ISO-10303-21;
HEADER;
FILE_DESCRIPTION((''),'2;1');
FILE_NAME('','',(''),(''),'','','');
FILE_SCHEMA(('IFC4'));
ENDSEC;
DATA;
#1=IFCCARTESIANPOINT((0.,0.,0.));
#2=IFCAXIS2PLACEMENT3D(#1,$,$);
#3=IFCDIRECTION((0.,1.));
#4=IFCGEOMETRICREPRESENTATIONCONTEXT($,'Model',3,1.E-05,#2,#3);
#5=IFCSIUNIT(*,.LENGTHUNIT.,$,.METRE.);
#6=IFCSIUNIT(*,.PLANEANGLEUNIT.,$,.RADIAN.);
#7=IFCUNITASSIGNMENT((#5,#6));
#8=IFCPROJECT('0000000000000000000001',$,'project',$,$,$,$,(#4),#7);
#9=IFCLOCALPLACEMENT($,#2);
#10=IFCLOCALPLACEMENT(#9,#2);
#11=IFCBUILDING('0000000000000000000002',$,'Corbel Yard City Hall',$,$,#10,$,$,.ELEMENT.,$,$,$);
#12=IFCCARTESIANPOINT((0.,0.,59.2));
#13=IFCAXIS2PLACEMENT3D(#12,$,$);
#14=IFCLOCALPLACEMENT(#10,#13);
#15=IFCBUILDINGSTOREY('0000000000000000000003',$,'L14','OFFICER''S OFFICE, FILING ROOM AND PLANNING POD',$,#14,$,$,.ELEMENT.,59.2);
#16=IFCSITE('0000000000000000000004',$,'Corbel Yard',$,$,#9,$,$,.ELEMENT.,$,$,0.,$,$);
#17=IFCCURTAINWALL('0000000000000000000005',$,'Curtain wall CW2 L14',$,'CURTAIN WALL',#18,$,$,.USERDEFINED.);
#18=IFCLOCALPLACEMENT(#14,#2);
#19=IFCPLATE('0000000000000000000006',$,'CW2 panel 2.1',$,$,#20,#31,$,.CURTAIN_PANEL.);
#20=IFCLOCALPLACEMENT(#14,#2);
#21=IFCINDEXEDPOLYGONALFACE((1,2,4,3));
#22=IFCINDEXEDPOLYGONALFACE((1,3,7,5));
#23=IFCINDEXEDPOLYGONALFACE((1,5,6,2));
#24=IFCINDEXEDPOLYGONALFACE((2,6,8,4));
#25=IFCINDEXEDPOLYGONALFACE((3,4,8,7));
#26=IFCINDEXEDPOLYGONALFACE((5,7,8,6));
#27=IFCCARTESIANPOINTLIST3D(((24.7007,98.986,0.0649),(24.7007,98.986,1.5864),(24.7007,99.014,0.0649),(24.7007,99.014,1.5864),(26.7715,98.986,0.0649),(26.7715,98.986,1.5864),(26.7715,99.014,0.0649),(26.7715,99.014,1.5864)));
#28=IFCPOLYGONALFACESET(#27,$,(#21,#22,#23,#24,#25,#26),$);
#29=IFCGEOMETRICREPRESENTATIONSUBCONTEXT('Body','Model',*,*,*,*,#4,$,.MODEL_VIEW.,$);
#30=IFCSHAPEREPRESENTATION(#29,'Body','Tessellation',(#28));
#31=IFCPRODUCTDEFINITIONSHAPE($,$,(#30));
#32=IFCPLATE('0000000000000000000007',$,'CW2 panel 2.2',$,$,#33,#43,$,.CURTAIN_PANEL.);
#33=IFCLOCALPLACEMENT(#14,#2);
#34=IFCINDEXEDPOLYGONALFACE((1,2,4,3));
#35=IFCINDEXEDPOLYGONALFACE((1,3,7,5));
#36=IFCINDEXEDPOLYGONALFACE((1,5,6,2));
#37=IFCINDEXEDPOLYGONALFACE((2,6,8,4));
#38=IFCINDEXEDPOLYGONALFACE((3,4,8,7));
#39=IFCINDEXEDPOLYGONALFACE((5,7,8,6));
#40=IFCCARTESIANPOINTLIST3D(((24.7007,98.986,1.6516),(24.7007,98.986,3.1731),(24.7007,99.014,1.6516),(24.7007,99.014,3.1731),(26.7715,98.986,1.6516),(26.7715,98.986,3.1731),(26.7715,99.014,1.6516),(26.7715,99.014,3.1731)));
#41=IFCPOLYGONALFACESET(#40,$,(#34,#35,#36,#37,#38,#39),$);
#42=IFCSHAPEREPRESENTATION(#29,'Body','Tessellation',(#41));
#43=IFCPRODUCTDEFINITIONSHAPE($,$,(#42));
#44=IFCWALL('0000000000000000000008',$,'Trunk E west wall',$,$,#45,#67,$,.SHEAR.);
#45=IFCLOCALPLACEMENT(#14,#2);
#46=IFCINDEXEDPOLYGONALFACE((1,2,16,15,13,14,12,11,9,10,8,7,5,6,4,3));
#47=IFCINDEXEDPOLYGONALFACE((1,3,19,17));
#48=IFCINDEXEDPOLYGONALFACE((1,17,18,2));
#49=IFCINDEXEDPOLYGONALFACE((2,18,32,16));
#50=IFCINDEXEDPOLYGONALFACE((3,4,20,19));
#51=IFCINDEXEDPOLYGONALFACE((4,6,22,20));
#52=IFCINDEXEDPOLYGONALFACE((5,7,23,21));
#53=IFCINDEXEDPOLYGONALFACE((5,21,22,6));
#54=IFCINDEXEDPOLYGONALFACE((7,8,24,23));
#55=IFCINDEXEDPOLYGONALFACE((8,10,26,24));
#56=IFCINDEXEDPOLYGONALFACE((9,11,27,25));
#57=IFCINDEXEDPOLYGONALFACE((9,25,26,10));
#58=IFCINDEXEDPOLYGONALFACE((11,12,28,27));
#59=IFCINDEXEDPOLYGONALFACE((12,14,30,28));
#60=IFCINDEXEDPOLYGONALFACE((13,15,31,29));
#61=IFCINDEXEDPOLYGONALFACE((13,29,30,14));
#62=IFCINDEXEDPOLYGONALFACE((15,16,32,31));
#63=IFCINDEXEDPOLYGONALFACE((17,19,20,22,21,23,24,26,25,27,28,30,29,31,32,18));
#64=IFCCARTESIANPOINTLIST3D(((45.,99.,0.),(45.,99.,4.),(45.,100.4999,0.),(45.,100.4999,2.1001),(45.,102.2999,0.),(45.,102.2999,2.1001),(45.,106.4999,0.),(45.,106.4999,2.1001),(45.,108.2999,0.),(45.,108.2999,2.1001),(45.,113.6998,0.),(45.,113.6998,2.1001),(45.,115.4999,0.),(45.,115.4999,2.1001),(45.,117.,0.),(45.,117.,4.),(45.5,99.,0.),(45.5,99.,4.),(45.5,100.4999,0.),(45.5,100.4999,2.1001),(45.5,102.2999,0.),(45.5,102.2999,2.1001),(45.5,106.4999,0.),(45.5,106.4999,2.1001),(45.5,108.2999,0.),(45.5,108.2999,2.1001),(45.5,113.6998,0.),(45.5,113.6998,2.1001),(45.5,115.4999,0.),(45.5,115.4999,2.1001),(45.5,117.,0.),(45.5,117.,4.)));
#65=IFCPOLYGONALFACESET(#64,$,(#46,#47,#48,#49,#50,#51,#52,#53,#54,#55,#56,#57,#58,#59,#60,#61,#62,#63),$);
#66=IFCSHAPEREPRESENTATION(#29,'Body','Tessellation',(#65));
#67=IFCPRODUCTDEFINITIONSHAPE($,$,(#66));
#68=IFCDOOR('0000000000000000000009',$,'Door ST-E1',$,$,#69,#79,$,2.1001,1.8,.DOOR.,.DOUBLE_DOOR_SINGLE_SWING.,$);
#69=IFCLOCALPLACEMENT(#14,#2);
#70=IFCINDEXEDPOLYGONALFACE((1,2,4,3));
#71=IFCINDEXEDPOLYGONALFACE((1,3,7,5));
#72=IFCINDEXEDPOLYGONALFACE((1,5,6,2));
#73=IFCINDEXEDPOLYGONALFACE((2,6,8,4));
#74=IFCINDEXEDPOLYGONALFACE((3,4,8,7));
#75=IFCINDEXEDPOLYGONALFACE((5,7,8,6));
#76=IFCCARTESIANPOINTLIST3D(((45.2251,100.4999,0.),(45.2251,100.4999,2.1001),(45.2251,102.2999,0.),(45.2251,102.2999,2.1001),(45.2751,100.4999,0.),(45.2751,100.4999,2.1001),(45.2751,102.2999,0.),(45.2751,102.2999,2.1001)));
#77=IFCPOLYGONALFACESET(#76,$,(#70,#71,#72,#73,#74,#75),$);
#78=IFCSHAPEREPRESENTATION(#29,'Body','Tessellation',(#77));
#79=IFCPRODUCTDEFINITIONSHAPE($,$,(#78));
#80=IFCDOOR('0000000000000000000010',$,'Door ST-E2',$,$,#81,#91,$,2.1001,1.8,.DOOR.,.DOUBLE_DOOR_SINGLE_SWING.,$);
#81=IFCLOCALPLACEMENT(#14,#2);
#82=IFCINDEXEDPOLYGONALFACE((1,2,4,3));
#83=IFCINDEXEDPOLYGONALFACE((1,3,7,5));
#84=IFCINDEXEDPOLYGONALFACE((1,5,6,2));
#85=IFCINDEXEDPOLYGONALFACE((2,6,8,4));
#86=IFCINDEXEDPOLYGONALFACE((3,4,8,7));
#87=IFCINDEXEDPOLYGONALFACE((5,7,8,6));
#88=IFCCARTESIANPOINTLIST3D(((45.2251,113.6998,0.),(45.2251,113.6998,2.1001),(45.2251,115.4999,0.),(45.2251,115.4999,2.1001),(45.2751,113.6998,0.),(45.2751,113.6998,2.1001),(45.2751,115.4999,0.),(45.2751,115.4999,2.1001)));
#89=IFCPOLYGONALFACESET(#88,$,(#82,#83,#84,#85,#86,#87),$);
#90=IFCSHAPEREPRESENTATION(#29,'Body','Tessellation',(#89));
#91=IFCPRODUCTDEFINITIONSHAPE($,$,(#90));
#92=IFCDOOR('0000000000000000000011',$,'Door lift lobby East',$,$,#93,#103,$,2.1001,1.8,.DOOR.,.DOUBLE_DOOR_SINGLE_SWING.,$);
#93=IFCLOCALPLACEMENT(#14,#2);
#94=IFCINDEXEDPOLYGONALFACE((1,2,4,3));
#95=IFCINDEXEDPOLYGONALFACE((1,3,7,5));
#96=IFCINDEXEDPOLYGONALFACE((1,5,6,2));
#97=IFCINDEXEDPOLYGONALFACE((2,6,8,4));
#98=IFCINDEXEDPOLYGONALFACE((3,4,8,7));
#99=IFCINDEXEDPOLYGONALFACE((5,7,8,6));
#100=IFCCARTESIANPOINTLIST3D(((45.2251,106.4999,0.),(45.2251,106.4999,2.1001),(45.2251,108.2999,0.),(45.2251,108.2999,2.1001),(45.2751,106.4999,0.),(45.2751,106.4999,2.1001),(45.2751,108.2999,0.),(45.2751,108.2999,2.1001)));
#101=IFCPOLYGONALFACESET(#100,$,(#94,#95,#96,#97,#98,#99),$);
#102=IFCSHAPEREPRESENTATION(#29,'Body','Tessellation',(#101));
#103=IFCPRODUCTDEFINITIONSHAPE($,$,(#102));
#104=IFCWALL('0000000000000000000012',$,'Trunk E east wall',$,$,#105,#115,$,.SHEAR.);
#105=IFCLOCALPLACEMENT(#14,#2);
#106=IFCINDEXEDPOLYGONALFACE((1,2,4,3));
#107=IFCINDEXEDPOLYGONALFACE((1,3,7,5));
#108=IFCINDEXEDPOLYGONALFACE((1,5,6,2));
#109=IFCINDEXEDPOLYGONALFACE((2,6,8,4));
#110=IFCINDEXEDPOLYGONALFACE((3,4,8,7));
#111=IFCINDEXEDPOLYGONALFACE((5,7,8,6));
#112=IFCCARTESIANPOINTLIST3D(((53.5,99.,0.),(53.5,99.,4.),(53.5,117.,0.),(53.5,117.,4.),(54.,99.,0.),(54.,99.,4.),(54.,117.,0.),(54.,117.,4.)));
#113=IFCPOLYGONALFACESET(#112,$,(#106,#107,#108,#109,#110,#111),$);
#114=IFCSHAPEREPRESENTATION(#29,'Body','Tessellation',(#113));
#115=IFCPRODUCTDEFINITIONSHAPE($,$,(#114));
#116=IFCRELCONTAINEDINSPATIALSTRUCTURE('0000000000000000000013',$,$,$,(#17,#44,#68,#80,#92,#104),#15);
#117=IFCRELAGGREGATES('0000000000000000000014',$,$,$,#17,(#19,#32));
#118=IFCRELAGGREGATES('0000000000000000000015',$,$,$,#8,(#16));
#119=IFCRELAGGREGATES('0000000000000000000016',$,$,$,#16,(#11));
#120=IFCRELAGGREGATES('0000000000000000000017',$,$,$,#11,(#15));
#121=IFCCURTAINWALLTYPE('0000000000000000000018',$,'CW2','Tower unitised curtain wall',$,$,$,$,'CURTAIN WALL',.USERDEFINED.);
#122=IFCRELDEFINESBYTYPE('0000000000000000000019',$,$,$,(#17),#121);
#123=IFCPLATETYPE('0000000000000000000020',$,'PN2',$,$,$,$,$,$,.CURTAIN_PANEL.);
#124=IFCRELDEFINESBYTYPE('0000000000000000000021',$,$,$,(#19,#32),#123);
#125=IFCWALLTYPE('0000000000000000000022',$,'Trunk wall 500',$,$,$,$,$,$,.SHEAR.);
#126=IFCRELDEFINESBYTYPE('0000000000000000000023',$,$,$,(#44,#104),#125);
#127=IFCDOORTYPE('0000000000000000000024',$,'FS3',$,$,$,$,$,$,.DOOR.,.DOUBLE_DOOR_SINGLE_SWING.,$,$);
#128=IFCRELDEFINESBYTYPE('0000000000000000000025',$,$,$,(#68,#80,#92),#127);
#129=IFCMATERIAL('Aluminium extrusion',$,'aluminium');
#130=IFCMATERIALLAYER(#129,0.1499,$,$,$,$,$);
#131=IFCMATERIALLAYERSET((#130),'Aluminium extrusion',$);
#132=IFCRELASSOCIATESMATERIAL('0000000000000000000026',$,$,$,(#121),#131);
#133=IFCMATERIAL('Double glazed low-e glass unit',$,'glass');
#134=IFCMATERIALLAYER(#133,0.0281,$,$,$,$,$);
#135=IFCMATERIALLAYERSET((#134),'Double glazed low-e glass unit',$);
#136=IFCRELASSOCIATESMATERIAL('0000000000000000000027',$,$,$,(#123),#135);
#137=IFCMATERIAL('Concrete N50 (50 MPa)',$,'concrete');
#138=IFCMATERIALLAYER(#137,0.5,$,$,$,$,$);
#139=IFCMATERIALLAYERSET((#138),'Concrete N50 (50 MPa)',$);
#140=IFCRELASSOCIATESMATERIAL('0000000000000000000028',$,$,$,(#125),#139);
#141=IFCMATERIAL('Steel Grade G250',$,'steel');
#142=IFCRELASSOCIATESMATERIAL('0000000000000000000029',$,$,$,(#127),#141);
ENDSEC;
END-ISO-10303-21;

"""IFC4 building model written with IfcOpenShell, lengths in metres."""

from ifc_helpers import new_model, si_unit, direction, frame, frame_2d, origin, origin_2d, place, context, subcontext, project, spatial, rectangle, extrude, material, layer, layer_set, type_object, element, fill, aggregate, save


model = new_model("IFC4")

# Units and contexts
model_context = context("Model", 3, precision=1e-05, world=origin(), true_north=direction((0.0, 1.0)))
body_context = subcontext(model_context, "Body", "Model", "MODEL_VIEW")
ifc_project = project(units=[si_unit("LENGTHUNIT", "METRE"), si_unit("PLANEANGLEUNIT", "RADIAN")], contexts=[model_context])

# Site, building, storey
site_placement = place(None, origin())
site = spatial("IfcSite", under=ifc_project, at=site_placement, Name="Corbel Yard", CompositionType="ELEMENT", RefElevation=0.0)
building_placement = place(site_placement, origin())
building = spatial("IfcBuilding", under=site, at=building_placement, Name="Corbel Yard City Hall", CompositionType="ELEMENT")
storey_placement = place(building_placement, frame((0.0, 0.0, 59.2)))
storey = spatial("IfcBuildingStorey", under=building, at=storey_placement, Name="L14", Description="OFFICER'S OFFICE, FILING ROOM AND PLANNING POD", CompositionType="ELEMENT", Elevation=59.2)

# Curtain wall, plates
ifc_material_1 = material(Name="Aluminium extrusion", Category="aluminium")
ifc_layer_1 = layer(ifc_material_1, 0.1499)
ifc_layer_set_1 = layer_set([ifc_layer_1], Name="Aluminium extrusion")
curtain_wall_type = type_object("IfcCurtainWallType", Name="CW2", Description="Tower unitised curtain wall", ElementType="CURTAIN WALL", PredefinedType="USERDEFINED", material=ifc_layer_set_1)
curtain_wall_placement = place(storey_placement, origin())
curtain_wall = element("IfcCurtainWall", 1, at=curtain_wall_placement, inside=storey, type_object=curtain_wall_type, Name="Curtain wall CW2 L14", ObjectType="CURTAIN WALL", PredefinedType="USERDEFINED")
ifc_material_2 = material(Name="Double glazed low-e glass unit", Category="glass")
ifc_layer_2 = layer(ifc_material_2, 0.0281)
ifc_layer_set_2 = layer_set([ifc_layer_2], Name="Double glazed low-e glass unit")
plate_type = type_object("IfcPlateType", Name="PN2", PredefinedType="CURTAIN_PANEL", material=ifc_layer_set_2)
plate_1_placement = place(storey_placement, frame((25.7361, 99.0, 0.0649), z_axis=(0.0, 0.0, 1.0), x_axis=(1.0, 0.0, 0.0)))
plate_1 = element("IfcPlate", 2, at=plate_1_placement, type_object=plate_type, Name="CW2 panel 2.1", PredefinedType="CURTAIN_PANEL", context=body_context, shape_type="SweptSolid", body=[
    extrude(rectangle(XDim=2.0708, YDim=0.0281, at=origin_2d()), origin(), (0.0, 0.0, 1.0), 1.5215),
])
plate_2_placement = place(storey_placement, frame((25.7361, 99.0, 1.6516), z_axis=(0.0, 0.0, 1.0), x_axis=(1.0, 0.0, 0.0)))
plate_2 = element("IfcPlate", 3, at=plate_2_placement, type_object=plate_type, Name="CW2 panel 2.2", PredefinedType="CURTAIN_PANEL", context=body_context, shape_type="SweptSolid", body=[
    extrude(rectangle(XDim=2.0708, YDim=0.0281, at=origin_2d()), origin(), (0.0, 0.0, 1.0), 1.5215),
])
aggregate(curtain_wall, [plate_1, plate_2])

# Wall, openings, doors
ifc_material_3 = material(Name="Concrete N50 (50 MPa)", Category="concrete")
ifc_layer_3 = layer(ifc_material_3, 0.5)
ifc_layer_set_3 = layer_set([ifc_layer_3], Name="Concrete N50 (50 MPa)")
wall_type = type_object("IfcWallType", Name="Trunk wall 500", PredefinedType="SHEAR", material=ifc_layer_set_3)
wall_1_placement = place(storey_placement, frame((45.25, 99.0, 0.0), z_axis=(0.0, 0.0, 1.0), x_axis=(0.0, 1.0, 0.0)))
wall_1 = element("IfcWall", 4, at=wall_1_placement, inside=storey, type_object=wall_type, Name="Trunk E west wall", PredefinedType="SHEAR", context=body_context, shape_type="SweptSolid", body=[
    extrude(rectangle(XDim=18.0, YDim=0.5, at=frame_2d((9.0, 0.0))), origin(), (0.0, 0.0, 1.0), 4.0),
])
opening_1_placement = place(wall_1_placement, frame((1.5, 0.0, 0.0)))
opening_1 = element("IfcOpeningElement", 5, at=opening_1_placement, cuts=wall_1, PredefinedType="OPENING", context=body_context, shape_type="SweptSolid", body=[
    extrude(rectangle(XDim=1.8, YDim=2.1001, at=frame_2d((0.8999, 1.05))), frame((0.0, 0.26, 0.0), z_axis=(0.0, -1.0, 0.0), x_axis=(1.0, 0.0, 0.0)), (0.0, 0.0, 1.0), 0.52),
])
opening_2_placement = place(wall_1_placement, frame((14.7, 0.0, 0.0)))
opening_2 = element("IfcOpeningElement", 6, at=opening_2_placement, cuts=wall_1, PredefinedType="OPENING", context=body_context, shape_type="SweptSolid", body=[
    extrude(rectangle(XDim=1.8, YDim=2.1001, at=frame_2d((0.8999, 1.05))), frame((0.0, 0.26, 0.0), z_axis=(0.0, -1.0, 0.0), x_axis=(1.0, 0.0, 0.0)), (0.0, 0.0, 1.0), 0.52),
])
opening_3_placement = place(wall_1_placement, frame((7.5, 0.0, 0.0)))
opening_3 = element("IfcOpeningElement", 7, at=opening_3_placement, cuts=wall_1, PredefinedType="OPENING", context=body_context, shape_type="SweptSolid", body=[
    extrude(rectangle(XDim=1.8, YDim=2.1001, at=frame_2d((0.8999, 1.05))), frame((0.0, 0.26, 0.0), z_axis=(0.0, -1.0, 0.0), x_axis=(1.0, 0.0, 0.0)), (0.0, 0.0, 1.0), 0.52),
])
ifc_material_4 = material(Name="Steel Grade G250", Category="steel")
door_type = type_object("IfcDoorType", Name="FS3", OperationType="DOUBLE_DOOR_SINGLE_SWING", PredefinedType="DOOR", material=ifc_material_4)
door_1_placement = place(opening_1_placement, origin())
door_1 = element("IfcDoor", 8, at=door_1_placement, inside=storey, type_object=door_type, Name="Door ST-E1", OperationType="DOUBLE_DOOR_SINGLE_SWING", OverallHeight=2.1001, OverallWidth=1.8, PredefinedType="DOOR", context=body_context, shape_type="SweptSolid", body=[
    extrude(rectangle(XDim=1.8, YDim=2.1001, at=frame_2d((0.8999, 1.05))), frame((0.0, 0.0249, 0.0), z_axis=(0.0, -1.0, 0.0), x_axis=(1.0, 0.0, 0.0)), (0.0, 0.0, 1.0), 0.05),
])
fill(opening_1, door_1)
door_2_placement = place(opening_2_placement, origin())
door_2 = element("IfcDoor", 9, at=door_2_placement, inside=storey, type_object=door_type, Name="Door ST-E2", OperationType="DOUBLE_DOOR_SINGLE_SWING", OverallHeight=2.1001, OverallWidth=1.8, PredefinedType="DOOR", context=body_context, shape_type="SweptSolid", body=[
    extrude(rectangle(XDim=1.8, YDim=2.1001, at=frame_2d((0.8999, 1.05))), frame((0.0, 0.0249, 0.0), z_axis=(0.0, -1.0, 0.0), x_axis=(1.0, 0.0, 0.0)), (0.0, 0.0, 1.0), 0.05),
])
fill(opening_2, door_2)
door_3_placement = place(opening_3_placement, origin())
door_3 = element("IfcDoor", 10, at=door_3_placement, inside=storey, type_object=door_type, Name="Door lift lobby East", OperationType="DOUBLE_DOOR_SINGLE_SWING", OverallHeight=2.1001, OverallWidth=1.8, PredefinedType="DOOR", context=body_context, shape_type="SweptSolid", body=[
    extrude(rectangle(XDim=1.8, YDim=2.1001, at=frame_2d((0.8999, 1.05))), frame((0.0, 0.0249, 0.0), z_axis=(0.0, -1.0, 0.0), x_axis=(1.0, 0.0, 0.0)), (0.0, 0.0, 1.0), 0.05),
])
fill(opening_3, door_3)

# Wall
wall_2_placement = place(storey_placement, frame((53.75, 99.0, 0.0), z_axis=(0.0, 0.0, 1.0), x_axis=(0.0, 1.0, 0.0)))
element("IfcWall", 11, at=wall_2_placement, inside=storey, type_object=wall_type, Name="Trunk E east wall", PredefinedType="SHEAR", context=body_context, shape_type="SweptSolid", body=[
    extrude(rectangle(XDim=18.0, YDim=0.5, at=frame_2d((9.0, 0.0))), origin(), (0.0, 0.0, 1.0), 4.0),
])

save(model, "model.ifc")
